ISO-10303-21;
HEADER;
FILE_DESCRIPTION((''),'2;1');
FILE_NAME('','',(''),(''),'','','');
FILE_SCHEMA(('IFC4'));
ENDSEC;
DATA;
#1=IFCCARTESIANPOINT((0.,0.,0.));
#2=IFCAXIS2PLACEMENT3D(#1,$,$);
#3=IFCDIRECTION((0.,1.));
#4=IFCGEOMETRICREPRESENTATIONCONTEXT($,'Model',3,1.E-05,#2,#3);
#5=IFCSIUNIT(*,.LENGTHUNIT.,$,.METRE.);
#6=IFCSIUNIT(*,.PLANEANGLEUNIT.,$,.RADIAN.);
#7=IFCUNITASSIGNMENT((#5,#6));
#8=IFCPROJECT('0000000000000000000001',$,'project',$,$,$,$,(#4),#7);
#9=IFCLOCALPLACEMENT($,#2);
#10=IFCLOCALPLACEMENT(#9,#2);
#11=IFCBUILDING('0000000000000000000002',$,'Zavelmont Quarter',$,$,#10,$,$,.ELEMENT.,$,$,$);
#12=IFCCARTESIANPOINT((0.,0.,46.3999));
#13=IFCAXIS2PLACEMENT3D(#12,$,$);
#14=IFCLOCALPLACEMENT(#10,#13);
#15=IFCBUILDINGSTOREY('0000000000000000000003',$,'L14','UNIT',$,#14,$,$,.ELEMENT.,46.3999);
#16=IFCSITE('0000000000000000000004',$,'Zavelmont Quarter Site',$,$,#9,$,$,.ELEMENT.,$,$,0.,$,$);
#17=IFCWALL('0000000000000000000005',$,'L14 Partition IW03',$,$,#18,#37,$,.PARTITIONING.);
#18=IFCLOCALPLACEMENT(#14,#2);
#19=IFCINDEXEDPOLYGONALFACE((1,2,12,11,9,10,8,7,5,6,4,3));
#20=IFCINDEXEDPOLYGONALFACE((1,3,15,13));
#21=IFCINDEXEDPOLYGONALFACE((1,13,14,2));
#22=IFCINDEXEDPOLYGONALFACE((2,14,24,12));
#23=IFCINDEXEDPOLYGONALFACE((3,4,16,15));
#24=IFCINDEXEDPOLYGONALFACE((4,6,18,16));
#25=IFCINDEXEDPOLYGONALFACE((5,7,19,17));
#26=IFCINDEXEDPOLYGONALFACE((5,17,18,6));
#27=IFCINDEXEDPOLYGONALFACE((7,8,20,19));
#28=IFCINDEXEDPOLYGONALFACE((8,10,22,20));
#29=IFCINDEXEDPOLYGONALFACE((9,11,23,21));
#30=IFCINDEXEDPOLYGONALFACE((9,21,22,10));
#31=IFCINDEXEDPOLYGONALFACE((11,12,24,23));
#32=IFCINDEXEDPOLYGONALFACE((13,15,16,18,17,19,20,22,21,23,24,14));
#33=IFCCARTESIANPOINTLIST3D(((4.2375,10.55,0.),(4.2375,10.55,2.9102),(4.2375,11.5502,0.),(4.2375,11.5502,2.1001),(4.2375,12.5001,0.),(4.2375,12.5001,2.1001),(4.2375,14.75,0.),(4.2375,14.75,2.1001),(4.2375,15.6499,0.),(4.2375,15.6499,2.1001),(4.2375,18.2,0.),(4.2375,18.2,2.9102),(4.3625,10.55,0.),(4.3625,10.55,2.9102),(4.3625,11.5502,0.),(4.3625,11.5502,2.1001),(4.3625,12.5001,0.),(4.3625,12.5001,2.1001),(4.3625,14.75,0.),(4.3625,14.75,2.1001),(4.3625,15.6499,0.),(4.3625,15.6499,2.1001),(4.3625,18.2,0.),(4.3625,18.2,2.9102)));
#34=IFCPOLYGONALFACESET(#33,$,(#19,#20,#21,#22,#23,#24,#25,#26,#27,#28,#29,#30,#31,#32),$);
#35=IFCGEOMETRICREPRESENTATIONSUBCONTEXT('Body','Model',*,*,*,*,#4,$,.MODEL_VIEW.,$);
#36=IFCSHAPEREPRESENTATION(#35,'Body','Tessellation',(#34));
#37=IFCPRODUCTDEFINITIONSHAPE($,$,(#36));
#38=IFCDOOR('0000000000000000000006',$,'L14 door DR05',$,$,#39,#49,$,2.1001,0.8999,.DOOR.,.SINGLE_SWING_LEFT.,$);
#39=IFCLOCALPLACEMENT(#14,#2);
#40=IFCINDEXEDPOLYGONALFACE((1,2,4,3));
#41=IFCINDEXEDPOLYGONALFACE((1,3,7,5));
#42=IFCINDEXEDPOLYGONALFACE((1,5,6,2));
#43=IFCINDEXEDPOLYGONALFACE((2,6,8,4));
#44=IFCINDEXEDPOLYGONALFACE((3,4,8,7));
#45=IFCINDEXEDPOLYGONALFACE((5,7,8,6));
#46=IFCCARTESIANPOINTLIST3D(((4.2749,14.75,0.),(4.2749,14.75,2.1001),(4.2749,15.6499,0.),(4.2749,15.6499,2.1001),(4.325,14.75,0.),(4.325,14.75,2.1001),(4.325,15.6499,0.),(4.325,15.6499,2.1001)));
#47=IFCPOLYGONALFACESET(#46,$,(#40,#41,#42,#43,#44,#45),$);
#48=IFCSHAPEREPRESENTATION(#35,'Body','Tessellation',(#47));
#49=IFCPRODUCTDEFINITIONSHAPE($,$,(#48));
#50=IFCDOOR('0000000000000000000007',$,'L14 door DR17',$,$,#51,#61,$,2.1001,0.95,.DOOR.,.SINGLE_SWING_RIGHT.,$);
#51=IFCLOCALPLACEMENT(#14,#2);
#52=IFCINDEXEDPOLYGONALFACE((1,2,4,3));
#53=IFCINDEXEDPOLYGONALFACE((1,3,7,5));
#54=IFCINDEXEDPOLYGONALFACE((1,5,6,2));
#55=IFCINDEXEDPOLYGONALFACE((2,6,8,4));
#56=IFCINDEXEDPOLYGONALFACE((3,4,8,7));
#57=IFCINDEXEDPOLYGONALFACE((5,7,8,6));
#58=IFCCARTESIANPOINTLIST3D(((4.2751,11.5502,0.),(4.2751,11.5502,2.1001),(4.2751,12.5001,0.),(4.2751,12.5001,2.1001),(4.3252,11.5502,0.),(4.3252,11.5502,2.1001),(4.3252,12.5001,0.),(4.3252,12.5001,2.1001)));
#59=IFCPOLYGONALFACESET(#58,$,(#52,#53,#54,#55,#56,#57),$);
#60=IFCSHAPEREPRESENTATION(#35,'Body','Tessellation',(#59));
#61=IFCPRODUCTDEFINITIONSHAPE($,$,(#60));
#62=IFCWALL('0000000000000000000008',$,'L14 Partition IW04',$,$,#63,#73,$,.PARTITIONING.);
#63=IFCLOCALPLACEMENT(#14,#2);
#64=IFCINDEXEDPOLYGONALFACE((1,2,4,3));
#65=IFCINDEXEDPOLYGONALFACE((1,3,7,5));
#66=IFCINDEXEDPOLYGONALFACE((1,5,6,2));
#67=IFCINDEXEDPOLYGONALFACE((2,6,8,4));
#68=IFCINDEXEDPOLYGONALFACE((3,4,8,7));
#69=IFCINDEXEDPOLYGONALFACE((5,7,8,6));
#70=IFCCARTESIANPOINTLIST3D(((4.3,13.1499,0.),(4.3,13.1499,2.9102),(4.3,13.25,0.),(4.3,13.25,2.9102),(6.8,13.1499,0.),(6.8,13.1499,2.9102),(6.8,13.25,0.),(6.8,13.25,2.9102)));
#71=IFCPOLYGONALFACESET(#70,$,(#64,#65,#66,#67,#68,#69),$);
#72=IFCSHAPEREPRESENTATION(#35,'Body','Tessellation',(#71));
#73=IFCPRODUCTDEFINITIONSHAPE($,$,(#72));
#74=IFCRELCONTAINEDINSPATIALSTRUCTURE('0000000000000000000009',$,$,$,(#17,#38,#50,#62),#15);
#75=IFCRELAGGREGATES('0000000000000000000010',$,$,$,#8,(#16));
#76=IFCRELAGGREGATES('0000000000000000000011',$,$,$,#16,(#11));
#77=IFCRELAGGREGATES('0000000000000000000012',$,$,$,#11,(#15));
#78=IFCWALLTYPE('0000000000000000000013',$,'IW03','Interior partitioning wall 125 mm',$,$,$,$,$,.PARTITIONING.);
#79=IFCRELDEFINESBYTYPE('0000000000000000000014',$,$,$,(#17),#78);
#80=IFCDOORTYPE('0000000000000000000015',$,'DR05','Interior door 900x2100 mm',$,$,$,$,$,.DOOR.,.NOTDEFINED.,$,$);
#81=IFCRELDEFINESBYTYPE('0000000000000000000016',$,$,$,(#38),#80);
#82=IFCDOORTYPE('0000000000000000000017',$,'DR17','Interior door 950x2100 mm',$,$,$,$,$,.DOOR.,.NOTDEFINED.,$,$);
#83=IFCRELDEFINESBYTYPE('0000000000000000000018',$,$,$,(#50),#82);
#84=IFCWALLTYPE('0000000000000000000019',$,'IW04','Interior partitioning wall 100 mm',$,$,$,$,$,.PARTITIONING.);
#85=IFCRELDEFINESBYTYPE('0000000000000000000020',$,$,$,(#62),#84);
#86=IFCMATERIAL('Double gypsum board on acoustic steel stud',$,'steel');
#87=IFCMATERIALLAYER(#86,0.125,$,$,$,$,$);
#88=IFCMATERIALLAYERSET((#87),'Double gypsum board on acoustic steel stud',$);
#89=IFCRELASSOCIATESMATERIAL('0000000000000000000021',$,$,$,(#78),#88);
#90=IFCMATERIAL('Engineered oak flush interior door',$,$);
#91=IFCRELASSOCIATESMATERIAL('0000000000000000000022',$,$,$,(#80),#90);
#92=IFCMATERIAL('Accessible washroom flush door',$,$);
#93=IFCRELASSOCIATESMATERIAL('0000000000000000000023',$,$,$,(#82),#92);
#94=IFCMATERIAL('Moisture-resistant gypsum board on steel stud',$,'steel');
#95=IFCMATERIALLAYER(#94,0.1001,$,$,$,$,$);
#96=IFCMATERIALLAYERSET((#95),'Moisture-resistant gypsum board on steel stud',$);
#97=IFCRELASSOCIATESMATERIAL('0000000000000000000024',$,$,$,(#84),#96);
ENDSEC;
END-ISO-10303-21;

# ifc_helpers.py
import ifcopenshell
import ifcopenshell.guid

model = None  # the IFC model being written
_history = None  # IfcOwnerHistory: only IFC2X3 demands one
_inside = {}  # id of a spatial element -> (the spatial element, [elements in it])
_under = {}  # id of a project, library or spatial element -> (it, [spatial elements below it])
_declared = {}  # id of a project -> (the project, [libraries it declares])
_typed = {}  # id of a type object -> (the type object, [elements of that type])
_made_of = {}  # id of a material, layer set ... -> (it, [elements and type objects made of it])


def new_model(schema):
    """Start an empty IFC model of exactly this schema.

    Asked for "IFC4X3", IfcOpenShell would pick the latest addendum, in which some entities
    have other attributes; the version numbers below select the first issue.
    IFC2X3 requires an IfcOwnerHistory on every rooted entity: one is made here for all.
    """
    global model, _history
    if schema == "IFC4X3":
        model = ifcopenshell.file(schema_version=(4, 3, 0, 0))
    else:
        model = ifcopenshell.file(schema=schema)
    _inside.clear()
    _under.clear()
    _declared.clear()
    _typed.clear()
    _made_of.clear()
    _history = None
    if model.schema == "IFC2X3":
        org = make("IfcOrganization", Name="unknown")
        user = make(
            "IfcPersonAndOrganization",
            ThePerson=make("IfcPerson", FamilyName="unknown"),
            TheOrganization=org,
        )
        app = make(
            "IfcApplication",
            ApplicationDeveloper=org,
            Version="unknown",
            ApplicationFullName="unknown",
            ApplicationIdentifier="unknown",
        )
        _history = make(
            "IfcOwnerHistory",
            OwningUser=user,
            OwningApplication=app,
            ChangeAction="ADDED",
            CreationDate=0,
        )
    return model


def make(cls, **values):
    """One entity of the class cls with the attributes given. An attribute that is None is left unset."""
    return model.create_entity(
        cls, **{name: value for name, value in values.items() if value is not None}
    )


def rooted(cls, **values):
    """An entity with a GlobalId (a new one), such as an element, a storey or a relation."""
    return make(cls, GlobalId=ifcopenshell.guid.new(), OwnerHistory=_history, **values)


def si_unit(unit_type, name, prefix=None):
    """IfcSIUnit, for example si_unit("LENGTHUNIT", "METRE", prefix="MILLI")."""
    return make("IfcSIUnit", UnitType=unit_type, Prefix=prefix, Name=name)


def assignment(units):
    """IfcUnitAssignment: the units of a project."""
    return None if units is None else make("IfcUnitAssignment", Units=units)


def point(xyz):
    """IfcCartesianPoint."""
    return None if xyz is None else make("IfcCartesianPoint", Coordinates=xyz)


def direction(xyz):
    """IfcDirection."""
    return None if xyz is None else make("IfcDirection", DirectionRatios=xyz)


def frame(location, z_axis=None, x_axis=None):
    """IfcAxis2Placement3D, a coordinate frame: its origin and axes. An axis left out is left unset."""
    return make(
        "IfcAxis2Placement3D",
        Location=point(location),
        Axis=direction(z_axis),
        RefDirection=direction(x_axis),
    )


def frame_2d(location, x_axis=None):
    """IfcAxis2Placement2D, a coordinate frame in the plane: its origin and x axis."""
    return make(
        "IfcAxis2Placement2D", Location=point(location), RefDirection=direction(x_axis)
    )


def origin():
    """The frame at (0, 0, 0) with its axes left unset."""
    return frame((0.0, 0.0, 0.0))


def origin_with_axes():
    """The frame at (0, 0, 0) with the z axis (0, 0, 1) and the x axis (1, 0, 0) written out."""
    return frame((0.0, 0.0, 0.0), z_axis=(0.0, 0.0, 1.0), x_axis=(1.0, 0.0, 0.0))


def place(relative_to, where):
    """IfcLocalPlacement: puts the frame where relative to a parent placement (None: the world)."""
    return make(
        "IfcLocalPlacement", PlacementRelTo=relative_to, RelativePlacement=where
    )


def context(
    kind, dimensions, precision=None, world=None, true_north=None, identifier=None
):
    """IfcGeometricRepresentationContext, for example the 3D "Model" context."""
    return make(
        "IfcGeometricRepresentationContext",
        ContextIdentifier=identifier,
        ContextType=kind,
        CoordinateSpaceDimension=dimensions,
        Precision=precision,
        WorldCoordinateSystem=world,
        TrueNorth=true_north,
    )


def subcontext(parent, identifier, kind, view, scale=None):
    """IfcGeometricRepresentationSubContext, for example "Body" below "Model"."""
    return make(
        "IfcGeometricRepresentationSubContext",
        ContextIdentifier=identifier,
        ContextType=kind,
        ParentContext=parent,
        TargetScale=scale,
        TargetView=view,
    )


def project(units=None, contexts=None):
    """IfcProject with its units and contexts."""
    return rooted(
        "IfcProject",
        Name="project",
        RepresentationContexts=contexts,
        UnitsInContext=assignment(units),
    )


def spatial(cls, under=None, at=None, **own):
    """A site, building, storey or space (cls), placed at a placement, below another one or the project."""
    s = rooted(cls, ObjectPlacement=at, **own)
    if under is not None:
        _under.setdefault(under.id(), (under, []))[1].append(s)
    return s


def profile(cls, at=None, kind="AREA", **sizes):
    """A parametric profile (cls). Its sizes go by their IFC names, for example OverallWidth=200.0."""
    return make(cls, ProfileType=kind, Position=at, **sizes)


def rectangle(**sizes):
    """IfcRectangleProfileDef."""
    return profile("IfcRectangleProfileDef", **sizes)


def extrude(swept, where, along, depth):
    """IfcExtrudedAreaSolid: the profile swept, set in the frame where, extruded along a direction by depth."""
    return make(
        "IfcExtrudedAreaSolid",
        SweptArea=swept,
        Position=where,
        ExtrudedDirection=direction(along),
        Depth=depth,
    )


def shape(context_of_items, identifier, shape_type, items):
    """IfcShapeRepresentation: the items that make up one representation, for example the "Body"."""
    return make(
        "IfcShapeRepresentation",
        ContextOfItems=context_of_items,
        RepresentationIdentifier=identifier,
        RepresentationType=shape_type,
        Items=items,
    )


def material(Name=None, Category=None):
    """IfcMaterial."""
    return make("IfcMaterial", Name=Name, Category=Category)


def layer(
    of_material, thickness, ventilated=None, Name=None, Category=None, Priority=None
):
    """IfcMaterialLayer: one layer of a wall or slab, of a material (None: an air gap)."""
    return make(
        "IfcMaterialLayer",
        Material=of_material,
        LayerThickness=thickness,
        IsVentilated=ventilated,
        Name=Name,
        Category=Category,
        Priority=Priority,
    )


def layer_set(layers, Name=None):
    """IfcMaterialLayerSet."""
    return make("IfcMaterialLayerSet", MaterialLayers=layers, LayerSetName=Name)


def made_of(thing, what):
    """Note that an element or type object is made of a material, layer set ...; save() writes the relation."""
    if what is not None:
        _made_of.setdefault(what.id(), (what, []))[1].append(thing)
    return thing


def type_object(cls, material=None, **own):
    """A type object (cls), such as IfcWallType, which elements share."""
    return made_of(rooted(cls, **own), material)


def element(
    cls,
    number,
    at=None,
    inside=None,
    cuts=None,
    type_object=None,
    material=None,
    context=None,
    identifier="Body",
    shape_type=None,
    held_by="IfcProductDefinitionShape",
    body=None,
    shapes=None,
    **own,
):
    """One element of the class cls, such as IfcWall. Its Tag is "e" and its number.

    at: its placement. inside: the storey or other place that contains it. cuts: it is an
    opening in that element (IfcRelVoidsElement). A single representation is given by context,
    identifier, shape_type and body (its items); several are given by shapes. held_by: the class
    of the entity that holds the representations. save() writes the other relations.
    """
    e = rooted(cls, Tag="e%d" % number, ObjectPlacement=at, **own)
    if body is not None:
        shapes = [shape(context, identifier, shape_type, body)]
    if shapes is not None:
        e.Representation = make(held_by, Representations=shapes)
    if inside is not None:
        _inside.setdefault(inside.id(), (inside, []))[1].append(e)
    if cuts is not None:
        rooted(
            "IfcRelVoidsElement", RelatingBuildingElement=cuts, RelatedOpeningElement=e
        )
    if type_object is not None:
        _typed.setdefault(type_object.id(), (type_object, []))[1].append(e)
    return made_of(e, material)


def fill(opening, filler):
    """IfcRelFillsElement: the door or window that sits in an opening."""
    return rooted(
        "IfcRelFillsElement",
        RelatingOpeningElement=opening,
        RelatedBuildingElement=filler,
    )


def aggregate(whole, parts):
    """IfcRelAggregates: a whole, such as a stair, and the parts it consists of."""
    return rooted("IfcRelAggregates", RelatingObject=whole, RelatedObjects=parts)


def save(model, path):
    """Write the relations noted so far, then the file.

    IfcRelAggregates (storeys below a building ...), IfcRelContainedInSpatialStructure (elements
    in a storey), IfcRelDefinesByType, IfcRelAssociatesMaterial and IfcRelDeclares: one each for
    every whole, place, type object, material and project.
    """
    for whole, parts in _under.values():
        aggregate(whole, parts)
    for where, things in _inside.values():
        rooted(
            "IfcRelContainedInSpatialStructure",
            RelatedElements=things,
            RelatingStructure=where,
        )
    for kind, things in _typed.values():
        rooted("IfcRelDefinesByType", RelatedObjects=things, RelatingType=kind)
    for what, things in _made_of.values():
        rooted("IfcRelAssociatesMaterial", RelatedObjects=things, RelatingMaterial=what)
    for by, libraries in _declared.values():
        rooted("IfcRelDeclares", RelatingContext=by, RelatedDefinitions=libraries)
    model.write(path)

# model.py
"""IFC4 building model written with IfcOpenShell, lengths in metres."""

from ifc_helpers import new_model, si_unit, direction, frame, frame_2d, origin, origin_with_axes, place, context, subcontext, project, spatial, rectangle, extrude, material, layer, layer_set, type_object, element, fill, save


model = new_model("IFC4")

# Units and contexts
model_context = context("Model", 3, precision=1e-05, world=origin(), true_north=direction((0.0, 1.0)))
body_context = subcontext(model_context, "Body", "Model", "MODEL_VIEW")
ifc_project = project(units=[si_unit("LENGTHUNIT", "METRE"), si_unit("PLANEANGLEUNIT", "RADIAN")], contexts=[model_context])

# Site, building, storey
site_placement = place(None, origin())
site = spatial("IfcSite", under=ifc_project, at=site_placement, Name="Zavelmont Quarter Site", CompositionType="ELEMENT", RefElevation=0.0)
building_placement = place(site_placement, origin())
building = spatial("IfcBuilding", under=site, at=building_placement, Name="Zavelmont Quarter", CompositionType="ELEMENT")
storey_placement = place(building_placement, frame((0.0, 0.0, 46.3999)))
storey = spatial("IfcBuildingStorey", under=building, at=storey_placement, Name="L14", Description="UNIT", CompositionType="ELEMENT", Elevation=46.3999)

# Wall, openings, doors
ifc_material_1 = material(Name="Double gypsum board on acoustic steel stud", Category="steel")
ifc_layer_1 = layer(ifc_material_1, 0.125)
ifc_layer_set_1 = layer_set([ifc_layer_1], Name="Double gypsum board on acoustic steel stud")
wall_type_1 = type_object("IfcWallType", Name="IW03", Description="Interior partitioning wall 125 mm", PredefinedType="PARTITIONING", material=ifc_layer_set_1)
wall_1_placement = place(storey_placement, frame((4.3, 10.55, 0.0), z_axis=(0.0, 0.0, 1.0), x_axis=(0.0, 1.0, 0.0)))
wall_1 = element("IfcWall", 1, at=wall_1_placement, inside=storey, type_object=wall_type_1, Name="L14 Partition IW03", PredefinedType="PARTITIONING", context=body_context, shape_type="SweptSolid", body=[
    extrude(rectangle(XDim=7.6499, YDim=0.125, at=frame_2d((3.825, 0.0))), origin(), (0.0, 0.0, 1.0), 2.9102),
])
opening_1_placement = place(wall_1_placement, frame((1.0, 0.0, 0.0)))
opening_1 = element("IfcOpeningElement", 2, at=opening_1_placement, cuts=wall_1, PredefinedType="OPENING", context=body_context, shape_type="SweptSolid", body=[
    extrude(rectangle(XDim=0.95, YDim=2.1001, at=frame_2d((0.4751, 1.05))), frame((0.0, 0.0745, 0.0), z_axis=(0.0, -1.0, 0.0), x_axis=(1.0, 0.0, 0.0)), (0.0, 0.0, 1.0), 0.1489),
])
opening_2_placement = place(wall_1_placement, frame((4.2, 0.0, 0.0)))
opening_2 = element("IfcOpeningElement", 3, at=opening_2_placement, cuts=wall_1, PredefinedType="OPENING", context=body_context, shape_type="SweptSolid", body=[
    extrude(rectangle(XDim=0.8999, YDim=2.1001, at=frame_2d((0.45, 1.05))), frame((0.0, 0.0745, 0.0), z_axis=(0.0, -1.0, 0.0), x_axis=(1.0, 0.0, 0.0)), (0.0, 0.0, 1.0), 0.1489),
])
ifc_material_2 = material(Name="Engineered oak flush interior door")
door_type_1 = type_object("IfcDoorType", Name="DR05", Description="Interior door 900x2100 mm", OperationType="NOTDEFINED", PredefinedType="DOOR", material=ifc_material_2)
door_1_placement = place(opening_2_placement, frame((0.8999, 0.0, 0.0), z_axis=(0.0, 0.0, 1.0), x_axis=(-1.0, 0.0, 0.0)))
door_1 = element("IfcDoor", 4, at=door_1_placement, inside=storey, type_object=door_type_1, Name="L14 door DR05", OperationType="SINGLE_SWING_LEFT", OverallHeight=2.1001, OverallWidth=0.8999, PredefinedType="DOOR", context=body_context, shape_type="SweptSolid", body=[
    extrude(rectangle(XDim=0.8999, YDim=2.1001, at=frame_2d((0.45, 1.05))), frame((0.0, 0.0249, 0.0), z_axis=(0.0, -1.0, 0.0), x_axis=(1.0, 0.0, 0.0)), (0.0, 0.0, 1.0), 0.05),
])
fill(opening_2, door_1)
ifc_material_3 = material(Name="Accessible washroom flush door")
door_type_2 = type_object("IfcDoorType", Name="DR17", Description="Interior door 950x2100 mm", OperationType="NOTDEFINED", PredefinedType="DOOR", material=ifc_material_3)
door_2_placement = place(opening_1_placement, origin_with_axes())
door_2 = element("IfcDoor", 5, at=door_2_placement, inside=storey, type_object=door_type_2, Name="L14 door DR17", OperationType="SINGLE_SWING_RIGHT", OverallHeight=2.1001, OverallWidth=0.95, PredefinedType="DOOR", context=body_context, shape_type="SweptSolid", body=[
    extrude(rectangle(XDim=0.95, YDim=2.1001, at=frame_2d((0.4751, 1.05))), frame((0.0, 0.0249, 0.0), z_axis=(0.0, -1.0, 0.0), x_axis=(1.0, 0.0, 0.0)), (0.0, 0.0, 1.0), 0.05),
])
fill(opening_1, door_2)

# Wall
ifc_material_4 = material(Name="Moisture-resistant gypsum board on steel stud", Category="steel")
ifc_layer_2 = layer(ifc_material_4, 0.1001)
ifc_layer_set_2 = layer_set([ifc_layer_2], Name="Moisture-resistant gypsum board on steel stud")
wall_type_2 = type_object("IfcWallType", Name="IW04", Description="Interior partitioning wall 100 mm", PredefinedType="PARTITIONING", material=ifc_layer_set_2)
wall_2_placement = place(storey_placement, frame((4.3, 13.2, 0.0), z_axis=(0.0, 0.0, 1.0), x_axis=(1.0, 0.0, 0.0)))
element("IfcWall", 6, at=wall_2_placement, inside=storey, type_object=wall_type_2, Name="L14 Partition IW04", PredefinedType="PARTITIONING", context=body_context, shape_type="SweptSolid", body=[
    extrude(rectangle(XDim=2.5, YDim=0.1001, at=frame_2d((1.25, 0.0))), origin(), (0.0, 0.0, 1.0), 2.9102),
])

save(model, "model.ifc")
